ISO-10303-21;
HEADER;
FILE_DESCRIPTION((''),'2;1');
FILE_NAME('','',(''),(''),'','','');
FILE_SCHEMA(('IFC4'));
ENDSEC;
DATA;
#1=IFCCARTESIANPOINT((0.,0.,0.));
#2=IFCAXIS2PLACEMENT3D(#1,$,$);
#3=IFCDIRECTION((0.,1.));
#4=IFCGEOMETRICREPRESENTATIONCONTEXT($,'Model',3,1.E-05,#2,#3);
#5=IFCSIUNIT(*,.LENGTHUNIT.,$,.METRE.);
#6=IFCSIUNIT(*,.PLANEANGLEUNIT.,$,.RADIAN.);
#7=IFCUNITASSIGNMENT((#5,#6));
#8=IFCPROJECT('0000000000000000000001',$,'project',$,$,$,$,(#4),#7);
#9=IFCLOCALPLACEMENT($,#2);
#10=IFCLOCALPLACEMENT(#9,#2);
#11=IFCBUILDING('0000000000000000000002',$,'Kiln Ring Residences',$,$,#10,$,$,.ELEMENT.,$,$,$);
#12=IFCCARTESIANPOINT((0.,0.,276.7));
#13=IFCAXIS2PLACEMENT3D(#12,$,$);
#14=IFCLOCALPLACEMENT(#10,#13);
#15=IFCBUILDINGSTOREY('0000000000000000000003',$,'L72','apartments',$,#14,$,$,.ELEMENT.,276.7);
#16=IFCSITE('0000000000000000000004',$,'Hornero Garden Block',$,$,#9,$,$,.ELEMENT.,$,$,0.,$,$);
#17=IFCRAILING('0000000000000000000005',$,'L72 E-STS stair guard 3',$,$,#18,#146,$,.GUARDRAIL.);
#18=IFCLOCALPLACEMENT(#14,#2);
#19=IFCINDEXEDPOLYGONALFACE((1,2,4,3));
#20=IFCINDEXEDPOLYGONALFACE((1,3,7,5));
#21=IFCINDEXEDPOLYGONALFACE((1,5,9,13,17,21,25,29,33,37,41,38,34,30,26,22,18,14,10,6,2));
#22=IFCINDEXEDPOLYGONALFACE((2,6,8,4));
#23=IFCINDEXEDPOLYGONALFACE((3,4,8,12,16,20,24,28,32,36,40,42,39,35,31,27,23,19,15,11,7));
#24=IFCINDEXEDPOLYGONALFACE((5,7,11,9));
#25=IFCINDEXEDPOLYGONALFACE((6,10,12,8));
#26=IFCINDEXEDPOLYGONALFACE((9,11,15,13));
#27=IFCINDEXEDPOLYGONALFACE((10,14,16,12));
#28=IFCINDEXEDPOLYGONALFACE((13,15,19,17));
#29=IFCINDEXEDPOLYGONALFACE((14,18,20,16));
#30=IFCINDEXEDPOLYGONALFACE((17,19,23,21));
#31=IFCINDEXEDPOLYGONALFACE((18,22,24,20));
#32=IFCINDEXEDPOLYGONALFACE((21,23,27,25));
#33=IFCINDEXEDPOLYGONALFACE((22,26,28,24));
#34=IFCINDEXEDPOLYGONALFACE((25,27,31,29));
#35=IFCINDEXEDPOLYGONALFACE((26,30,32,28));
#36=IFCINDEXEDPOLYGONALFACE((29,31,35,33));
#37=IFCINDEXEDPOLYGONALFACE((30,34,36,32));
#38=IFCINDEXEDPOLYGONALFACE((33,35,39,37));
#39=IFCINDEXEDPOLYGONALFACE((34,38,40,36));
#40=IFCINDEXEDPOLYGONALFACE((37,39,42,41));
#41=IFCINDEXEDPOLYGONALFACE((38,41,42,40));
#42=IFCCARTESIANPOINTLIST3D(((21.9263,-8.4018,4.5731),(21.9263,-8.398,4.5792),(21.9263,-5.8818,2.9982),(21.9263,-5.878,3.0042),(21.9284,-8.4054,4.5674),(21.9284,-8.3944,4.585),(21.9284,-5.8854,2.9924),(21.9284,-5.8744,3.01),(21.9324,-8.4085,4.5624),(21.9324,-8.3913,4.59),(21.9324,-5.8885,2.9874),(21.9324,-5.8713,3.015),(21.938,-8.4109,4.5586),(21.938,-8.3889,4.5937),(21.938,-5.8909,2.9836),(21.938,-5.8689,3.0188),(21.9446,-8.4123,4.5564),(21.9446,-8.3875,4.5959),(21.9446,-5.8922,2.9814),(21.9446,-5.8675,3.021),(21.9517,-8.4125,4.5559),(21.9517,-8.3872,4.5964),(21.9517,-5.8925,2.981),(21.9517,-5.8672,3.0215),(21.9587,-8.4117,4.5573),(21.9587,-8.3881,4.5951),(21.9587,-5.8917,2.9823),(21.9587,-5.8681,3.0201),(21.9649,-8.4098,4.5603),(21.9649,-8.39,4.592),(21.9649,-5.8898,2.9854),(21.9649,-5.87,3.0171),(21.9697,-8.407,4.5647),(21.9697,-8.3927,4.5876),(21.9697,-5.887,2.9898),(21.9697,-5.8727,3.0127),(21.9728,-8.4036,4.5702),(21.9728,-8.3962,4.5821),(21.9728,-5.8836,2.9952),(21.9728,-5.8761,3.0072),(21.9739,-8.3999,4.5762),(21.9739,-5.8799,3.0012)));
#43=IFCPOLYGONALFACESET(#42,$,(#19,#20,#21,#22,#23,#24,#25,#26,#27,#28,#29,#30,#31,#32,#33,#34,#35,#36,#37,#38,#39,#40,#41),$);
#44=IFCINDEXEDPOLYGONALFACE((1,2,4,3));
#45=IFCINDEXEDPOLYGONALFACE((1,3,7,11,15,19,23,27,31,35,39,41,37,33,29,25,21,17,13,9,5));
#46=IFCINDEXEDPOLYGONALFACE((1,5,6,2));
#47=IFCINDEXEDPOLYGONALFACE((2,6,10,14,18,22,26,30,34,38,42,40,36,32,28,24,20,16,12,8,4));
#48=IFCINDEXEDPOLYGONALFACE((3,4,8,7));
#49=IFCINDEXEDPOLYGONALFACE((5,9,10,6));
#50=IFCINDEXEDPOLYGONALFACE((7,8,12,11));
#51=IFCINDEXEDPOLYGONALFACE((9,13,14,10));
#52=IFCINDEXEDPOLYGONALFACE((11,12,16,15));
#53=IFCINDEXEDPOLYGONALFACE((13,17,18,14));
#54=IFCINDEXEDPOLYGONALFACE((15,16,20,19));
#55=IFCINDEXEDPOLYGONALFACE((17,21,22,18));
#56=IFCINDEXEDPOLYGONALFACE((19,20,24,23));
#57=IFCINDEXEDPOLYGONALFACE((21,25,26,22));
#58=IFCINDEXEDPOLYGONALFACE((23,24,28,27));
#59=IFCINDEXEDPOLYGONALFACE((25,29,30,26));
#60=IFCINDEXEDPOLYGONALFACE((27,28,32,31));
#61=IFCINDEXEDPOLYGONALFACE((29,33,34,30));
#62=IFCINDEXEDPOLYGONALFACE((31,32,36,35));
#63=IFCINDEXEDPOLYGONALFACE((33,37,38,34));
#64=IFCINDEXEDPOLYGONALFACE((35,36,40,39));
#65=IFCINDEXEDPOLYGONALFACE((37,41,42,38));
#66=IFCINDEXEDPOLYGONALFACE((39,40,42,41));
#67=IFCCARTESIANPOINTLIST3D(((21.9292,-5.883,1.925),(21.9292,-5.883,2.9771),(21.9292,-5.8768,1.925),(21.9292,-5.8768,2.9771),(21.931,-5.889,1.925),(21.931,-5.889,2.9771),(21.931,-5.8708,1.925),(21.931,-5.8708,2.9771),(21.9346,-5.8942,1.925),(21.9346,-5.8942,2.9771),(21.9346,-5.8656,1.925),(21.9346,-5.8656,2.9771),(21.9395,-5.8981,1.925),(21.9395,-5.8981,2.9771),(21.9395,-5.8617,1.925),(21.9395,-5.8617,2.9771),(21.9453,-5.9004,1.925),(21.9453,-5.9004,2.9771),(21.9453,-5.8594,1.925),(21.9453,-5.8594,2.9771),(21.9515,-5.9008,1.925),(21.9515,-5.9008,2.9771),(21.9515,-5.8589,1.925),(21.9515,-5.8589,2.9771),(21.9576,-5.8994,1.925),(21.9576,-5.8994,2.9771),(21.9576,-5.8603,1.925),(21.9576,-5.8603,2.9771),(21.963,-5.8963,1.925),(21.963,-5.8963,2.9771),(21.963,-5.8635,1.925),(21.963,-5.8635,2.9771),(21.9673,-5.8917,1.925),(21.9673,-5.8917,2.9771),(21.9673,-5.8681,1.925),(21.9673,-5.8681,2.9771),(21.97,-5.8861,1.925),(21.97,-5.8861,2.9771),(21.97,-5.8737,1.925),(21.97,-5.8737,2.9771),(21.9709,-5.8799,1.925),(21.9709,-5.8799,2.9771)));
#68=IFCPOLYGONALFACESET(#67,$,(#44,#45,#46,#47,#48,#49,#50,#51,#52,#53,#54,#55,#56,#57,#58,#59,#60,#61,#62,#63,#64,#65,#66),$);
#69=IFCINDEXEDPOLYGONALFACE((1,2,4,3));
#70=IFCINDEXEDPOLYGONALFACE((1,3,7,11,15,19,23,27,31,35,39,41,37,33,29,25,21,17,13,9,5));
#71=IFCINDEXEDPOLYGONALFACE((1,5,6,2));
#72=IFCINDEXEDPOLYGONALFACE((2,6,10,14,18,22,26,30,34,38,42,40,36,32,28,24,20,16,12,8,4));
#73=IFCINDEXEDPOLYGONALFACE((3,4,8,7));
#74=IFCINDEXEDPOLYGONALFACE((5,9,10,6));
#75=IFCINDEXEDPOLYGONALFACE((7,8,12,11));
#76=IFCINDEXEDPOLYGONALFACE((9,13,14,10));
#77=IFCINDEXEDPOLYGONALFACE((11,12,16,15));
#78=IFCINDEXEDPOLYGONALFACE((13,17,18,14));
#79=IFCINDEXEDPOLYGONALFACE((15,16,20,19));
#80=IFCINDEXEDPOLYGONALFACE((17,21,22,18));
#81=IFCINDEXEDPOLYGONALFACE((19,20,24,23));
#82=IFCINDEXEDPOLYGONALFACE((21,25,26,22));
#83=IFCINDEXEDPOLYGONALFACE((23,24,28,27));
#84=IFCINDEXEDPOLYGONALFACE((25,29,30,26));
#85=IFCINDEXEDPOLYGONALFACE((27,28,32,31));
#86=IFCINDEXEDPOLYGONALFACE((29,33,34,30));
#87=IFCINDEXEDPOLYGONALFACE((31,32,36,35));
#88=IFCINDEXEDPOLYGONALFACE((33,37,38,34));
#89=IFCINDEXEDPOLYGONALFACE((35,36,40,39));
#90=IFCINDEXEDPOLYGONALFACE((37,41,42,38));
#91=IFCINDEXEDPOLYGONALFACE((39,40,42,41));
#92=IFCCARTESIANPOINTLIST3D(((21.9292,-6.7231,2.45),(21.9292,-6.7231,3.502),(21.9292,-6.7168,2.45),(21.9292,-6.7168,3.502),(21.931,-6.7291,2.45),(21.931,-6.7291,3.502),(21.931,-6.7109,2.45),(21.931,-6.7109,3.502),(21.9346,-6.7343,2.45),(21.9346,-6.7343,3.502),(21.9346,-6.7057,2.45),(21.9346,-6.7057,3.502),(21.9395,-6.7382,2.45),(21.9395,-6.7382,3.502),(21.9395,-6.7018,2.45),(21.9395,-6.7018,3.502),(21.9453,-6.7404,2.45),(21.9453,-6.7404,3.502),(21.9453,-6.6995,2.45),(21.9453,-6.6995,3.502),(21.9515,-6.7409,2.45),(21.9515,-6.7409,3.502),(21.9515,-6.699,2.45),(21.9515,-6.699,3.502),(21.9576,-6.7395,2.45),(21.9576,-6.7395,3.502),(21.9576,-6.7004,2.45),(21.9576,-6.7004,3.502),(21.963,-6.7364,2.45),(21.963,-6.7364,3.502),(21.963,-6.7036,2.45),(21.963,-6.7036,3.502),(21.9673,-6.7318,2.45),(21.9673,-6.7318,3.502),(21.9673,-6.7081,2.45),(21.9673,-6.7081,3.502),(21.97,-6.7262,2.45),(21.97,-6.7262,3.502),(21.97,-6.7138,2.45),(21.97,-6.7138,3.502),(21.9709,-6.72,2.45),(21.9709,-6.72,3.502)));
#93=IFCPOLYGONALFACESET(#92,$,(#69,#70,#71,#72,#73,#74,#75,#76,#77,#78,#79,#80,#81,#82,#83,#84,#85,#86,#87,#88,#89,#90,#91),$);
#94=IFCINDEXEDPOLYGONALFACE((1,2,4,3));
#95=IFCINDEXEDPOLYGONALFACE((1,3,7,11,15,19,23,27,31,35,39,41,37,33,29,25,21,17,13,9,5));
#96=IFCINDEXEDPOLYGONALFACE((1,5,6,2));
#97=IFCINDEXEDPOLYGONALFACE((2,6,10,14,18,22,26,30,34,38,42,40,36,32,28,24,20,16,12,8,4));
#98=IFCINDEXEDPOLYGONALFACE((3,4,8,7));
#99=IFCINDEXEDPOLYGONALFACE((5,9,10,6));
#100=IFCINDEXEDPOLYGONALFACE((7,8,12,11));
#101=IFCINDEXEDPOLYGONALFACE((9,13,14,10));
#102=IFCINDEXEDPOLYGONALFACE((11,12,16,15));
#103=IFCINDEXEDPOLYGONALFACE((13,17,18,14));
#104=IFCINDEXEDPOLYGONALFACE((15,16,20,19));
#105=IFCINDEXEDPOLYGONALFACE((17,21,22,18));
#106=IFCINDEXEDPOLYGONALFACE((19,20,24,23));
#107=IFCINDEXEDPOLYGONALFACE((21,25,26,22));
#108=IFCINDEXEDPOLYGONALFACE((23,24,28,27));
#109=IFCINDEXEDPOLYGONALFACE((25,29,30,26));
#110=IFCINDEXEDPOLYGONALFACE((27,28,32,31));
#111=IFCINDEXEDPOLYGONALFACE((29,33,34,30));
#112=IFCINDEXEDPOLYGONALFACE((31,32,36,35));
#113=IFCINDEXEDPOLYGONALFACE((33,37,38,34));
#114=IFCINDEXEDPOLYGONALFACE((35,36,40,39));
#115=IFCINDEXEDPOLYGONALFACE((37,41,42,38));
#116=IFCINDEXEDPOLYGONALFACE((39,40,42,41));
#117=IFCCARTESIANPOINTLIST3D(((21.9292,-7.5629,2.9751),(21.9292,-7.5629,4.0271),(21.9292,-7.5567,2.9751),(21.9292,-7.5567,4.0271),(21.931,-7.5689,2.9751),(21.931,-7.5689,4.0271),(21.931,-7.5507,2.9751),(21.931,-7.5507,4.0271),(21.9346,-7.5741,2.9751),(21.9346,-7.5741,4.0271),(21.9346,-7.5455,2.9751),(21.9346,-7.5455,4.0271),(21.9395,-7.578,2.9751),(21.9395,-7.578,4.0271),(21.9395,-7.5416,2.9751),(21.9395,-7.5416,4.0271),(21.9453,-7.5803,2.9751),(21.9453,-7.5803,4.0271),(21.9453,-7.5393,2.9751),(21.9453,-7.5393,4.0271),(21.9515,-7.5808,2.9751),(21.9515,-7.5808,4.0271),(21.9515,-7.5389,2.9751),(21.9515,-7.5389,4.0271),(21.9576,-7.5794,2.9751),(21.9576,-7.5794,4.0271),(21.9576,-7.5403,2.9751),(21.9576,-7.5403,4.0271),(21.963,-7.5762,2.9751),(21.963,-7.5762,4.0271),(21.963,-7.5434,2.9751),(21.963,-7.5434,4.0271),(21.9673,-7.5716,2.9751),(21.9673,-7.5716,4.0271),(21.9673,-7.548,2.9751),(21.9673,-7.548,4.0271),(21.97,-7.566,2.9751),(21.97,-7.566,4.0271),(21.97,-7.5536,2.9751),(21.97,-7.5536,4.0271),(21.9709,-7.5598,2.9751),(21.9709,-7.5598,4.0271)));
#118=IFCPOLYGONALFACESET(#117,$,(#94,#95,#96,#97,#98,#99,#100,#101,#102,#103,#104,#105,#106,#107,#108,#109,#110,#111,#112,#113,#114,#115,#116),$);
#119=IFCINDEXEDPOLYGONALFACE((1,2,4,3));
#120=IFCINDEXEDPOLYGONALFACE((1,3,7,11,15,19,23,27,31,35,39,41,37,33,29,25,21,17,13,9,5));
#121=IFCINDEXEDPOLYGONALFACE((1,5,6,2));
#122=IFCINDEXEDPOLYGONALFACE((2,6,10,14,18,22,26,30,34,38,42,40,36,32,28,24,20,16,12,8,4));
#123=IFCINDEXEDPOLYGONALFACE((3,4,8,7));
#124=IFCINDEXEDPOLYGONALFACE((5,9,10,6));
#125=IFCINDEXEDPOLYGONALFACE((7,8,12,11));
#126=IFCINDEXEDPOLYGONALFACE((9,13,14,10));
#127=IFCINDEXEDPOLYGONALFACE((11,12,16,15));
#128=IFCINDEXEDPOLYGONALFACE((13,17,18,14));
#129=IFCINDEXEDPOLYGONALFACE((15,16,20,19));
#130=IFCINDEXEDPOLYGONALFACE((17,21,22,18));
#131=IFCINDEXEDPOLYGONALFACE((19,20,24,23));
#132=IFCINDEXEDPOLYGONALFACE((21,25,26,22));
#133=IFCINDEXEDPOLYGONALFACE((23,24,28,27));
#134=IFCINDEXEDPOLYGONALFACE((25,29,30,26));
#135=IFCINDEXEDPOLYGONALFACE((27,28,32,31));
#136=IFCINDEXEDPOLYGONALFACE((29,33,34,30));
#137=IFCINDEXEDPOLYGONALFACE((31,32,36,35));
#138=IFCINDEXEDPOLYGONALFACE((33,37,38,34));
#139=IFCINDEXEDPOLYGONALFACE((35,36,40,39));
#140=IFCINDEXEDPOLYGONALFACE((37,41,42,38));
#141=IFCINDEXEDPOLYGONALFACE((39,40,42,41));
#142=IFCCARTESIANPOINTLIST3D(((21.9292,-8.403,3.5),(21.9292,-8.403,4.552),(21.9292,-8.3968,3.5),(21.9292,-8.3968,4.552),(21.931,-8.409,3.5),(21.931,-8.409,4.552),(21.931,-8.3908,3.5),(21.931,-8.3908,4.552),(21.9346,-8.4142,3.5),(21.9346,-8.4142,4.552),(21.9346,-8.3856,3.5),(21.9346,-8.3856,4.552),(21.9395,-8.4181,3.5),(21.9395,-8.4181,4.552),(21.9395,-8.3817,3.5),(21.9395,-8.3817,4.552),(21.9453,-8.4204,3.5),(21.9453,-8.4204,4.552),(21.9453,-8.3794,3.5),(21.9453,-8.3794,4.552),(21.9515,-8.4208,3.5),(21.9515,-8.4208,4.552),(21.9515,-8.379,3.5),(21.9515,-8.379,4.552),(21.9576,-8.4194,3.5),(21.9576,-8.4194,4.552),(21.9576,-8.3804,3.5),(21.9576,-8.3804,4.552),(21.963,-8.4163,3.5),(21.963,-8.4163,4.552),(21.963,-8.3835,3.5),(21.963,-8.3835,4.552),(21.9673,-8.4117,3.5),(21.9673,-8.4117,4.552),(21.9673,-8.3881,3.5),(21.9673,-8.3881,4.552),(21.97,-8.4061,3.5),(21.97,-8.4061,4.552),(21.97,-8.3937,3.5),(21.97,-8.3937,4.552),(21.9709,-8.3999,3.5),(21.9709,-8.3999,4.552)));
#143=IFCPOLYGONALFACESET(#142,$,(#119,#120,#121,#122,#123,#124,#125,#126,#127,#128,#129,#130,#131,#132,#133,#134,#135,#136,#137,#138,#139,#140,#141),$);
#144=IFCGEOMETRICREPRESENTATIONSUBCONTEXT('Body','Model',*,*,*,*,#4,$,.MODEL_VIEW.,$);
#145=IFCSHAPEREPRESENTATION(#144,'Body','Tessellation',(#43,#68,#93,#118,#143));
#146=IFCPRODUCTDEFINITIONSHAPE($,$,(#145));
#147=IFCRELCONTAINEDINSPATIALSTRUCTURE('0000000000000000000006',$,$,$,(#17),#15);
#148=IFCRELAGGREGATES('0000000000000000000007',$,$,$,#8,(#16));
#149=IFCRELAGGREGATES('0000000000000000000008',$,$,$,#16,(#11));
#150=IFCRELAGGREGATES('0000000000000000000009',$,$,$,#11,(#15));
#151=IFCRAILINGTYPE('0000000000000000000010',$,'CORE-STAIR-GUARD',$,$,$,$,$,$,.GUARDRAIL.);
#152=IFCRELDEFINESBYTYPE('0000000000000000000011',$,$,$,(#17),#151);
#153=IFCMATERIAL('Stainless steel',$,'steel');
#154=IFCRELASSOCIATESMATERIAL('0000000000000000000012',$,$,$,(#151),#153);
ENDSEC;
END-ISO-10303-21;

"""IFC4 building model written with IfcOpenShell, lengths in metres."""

from ifc_helpers import new_model, si_unit, direction, frame, origin, origin_2d, place, context, subcontext, project, spatial, circle, extrude, material, type_object, element, save


model = new_model("IFC4")

# Units and contexts
model_context = context("Model", 3, precision=1e-05, world=origin(), true_north=direction((0.0, 1.0)))
body_context = subcontext(model_context, "Body", "Model", "MODEL_VIEW")
ifc_project = project(units=[si_unit("LENGTHUNIT", "METRE"), si_unit("PLANEANGLEUNIT", "RADIAN")], contexts=[model_context])

# Site, building, storey
site_placement = place(None, origin())
site = spatial("IfcSite", under=ifc_project, at=site_placement, Name="Hornero Garden Block", CompositionType="ELEMENT", RefElevation=0.0)
building_placement = place(site_placement, origin())
building = spatial("IfcBuilding", under=site, at=building_placement, Name="Kiln Ring Residences", CompositionType="ELEMENT")
storey_placement = place(building_placement, frame((0.0, 0.0, 276.7)))
storey = spatial("IfcBuildingStorey", under=building, at=storey_placement, Name="L72", Description="apartments", CompositionType="ELEMENT", Elevation=276.7)

# Railing
ifc_material_1 = material(Name="Stainless steel", Category="steel")
railing_type_1 = type_object("IfcRailingType", Name="CORE-STAIR-GUARD", PredefinedType="GUARDRAIL", material=ifc_material_1)
railing_1_placement = place(storey_placement, frame((21.95, -5.8799, 1.925)))
element("IfcRailing", 1, at=railing_1_placement, inside=storey, type_object=railing_type_1, Name="L72 E-STS stair guard 3", PredefinedType="GUARDRAIL", context=body_context, shape_type="SweptSolid", body=[
    extrude(circle(Radius=0.0239, at=origin_2d()), frame((0.0, 0.0, 1.0762), z_axis=(0.0, -0.848008, 0.529984), x_axis=(1.0, 0.0, 0.0)), (0.0, 0.0, 1.0), 2.9717),
    extrude(circle(Radius=0.021, at=origin_2d()), origin(), (0.0, 0.0, 1.0), 1.052),
    extrude(circle(Radius=0.021, at=origin_2d()), frame((0.0, -0.8401, 0.5249)), (0.0, 0.0, 1.0), 1.052),
    extrude(circle(Radius=0.021, at=origin_2d()), frame((0.0, -1.6799, 1.05)), (0.0, 0.0, 1.0), 1.052),
    extrude(circle(Radius=0.021, at=origin_2d()), frame((0.0, -2.52, 1.575)), (0.0, 0.0, 1.0), 1.052),
])

save(model, "model.ifc")
